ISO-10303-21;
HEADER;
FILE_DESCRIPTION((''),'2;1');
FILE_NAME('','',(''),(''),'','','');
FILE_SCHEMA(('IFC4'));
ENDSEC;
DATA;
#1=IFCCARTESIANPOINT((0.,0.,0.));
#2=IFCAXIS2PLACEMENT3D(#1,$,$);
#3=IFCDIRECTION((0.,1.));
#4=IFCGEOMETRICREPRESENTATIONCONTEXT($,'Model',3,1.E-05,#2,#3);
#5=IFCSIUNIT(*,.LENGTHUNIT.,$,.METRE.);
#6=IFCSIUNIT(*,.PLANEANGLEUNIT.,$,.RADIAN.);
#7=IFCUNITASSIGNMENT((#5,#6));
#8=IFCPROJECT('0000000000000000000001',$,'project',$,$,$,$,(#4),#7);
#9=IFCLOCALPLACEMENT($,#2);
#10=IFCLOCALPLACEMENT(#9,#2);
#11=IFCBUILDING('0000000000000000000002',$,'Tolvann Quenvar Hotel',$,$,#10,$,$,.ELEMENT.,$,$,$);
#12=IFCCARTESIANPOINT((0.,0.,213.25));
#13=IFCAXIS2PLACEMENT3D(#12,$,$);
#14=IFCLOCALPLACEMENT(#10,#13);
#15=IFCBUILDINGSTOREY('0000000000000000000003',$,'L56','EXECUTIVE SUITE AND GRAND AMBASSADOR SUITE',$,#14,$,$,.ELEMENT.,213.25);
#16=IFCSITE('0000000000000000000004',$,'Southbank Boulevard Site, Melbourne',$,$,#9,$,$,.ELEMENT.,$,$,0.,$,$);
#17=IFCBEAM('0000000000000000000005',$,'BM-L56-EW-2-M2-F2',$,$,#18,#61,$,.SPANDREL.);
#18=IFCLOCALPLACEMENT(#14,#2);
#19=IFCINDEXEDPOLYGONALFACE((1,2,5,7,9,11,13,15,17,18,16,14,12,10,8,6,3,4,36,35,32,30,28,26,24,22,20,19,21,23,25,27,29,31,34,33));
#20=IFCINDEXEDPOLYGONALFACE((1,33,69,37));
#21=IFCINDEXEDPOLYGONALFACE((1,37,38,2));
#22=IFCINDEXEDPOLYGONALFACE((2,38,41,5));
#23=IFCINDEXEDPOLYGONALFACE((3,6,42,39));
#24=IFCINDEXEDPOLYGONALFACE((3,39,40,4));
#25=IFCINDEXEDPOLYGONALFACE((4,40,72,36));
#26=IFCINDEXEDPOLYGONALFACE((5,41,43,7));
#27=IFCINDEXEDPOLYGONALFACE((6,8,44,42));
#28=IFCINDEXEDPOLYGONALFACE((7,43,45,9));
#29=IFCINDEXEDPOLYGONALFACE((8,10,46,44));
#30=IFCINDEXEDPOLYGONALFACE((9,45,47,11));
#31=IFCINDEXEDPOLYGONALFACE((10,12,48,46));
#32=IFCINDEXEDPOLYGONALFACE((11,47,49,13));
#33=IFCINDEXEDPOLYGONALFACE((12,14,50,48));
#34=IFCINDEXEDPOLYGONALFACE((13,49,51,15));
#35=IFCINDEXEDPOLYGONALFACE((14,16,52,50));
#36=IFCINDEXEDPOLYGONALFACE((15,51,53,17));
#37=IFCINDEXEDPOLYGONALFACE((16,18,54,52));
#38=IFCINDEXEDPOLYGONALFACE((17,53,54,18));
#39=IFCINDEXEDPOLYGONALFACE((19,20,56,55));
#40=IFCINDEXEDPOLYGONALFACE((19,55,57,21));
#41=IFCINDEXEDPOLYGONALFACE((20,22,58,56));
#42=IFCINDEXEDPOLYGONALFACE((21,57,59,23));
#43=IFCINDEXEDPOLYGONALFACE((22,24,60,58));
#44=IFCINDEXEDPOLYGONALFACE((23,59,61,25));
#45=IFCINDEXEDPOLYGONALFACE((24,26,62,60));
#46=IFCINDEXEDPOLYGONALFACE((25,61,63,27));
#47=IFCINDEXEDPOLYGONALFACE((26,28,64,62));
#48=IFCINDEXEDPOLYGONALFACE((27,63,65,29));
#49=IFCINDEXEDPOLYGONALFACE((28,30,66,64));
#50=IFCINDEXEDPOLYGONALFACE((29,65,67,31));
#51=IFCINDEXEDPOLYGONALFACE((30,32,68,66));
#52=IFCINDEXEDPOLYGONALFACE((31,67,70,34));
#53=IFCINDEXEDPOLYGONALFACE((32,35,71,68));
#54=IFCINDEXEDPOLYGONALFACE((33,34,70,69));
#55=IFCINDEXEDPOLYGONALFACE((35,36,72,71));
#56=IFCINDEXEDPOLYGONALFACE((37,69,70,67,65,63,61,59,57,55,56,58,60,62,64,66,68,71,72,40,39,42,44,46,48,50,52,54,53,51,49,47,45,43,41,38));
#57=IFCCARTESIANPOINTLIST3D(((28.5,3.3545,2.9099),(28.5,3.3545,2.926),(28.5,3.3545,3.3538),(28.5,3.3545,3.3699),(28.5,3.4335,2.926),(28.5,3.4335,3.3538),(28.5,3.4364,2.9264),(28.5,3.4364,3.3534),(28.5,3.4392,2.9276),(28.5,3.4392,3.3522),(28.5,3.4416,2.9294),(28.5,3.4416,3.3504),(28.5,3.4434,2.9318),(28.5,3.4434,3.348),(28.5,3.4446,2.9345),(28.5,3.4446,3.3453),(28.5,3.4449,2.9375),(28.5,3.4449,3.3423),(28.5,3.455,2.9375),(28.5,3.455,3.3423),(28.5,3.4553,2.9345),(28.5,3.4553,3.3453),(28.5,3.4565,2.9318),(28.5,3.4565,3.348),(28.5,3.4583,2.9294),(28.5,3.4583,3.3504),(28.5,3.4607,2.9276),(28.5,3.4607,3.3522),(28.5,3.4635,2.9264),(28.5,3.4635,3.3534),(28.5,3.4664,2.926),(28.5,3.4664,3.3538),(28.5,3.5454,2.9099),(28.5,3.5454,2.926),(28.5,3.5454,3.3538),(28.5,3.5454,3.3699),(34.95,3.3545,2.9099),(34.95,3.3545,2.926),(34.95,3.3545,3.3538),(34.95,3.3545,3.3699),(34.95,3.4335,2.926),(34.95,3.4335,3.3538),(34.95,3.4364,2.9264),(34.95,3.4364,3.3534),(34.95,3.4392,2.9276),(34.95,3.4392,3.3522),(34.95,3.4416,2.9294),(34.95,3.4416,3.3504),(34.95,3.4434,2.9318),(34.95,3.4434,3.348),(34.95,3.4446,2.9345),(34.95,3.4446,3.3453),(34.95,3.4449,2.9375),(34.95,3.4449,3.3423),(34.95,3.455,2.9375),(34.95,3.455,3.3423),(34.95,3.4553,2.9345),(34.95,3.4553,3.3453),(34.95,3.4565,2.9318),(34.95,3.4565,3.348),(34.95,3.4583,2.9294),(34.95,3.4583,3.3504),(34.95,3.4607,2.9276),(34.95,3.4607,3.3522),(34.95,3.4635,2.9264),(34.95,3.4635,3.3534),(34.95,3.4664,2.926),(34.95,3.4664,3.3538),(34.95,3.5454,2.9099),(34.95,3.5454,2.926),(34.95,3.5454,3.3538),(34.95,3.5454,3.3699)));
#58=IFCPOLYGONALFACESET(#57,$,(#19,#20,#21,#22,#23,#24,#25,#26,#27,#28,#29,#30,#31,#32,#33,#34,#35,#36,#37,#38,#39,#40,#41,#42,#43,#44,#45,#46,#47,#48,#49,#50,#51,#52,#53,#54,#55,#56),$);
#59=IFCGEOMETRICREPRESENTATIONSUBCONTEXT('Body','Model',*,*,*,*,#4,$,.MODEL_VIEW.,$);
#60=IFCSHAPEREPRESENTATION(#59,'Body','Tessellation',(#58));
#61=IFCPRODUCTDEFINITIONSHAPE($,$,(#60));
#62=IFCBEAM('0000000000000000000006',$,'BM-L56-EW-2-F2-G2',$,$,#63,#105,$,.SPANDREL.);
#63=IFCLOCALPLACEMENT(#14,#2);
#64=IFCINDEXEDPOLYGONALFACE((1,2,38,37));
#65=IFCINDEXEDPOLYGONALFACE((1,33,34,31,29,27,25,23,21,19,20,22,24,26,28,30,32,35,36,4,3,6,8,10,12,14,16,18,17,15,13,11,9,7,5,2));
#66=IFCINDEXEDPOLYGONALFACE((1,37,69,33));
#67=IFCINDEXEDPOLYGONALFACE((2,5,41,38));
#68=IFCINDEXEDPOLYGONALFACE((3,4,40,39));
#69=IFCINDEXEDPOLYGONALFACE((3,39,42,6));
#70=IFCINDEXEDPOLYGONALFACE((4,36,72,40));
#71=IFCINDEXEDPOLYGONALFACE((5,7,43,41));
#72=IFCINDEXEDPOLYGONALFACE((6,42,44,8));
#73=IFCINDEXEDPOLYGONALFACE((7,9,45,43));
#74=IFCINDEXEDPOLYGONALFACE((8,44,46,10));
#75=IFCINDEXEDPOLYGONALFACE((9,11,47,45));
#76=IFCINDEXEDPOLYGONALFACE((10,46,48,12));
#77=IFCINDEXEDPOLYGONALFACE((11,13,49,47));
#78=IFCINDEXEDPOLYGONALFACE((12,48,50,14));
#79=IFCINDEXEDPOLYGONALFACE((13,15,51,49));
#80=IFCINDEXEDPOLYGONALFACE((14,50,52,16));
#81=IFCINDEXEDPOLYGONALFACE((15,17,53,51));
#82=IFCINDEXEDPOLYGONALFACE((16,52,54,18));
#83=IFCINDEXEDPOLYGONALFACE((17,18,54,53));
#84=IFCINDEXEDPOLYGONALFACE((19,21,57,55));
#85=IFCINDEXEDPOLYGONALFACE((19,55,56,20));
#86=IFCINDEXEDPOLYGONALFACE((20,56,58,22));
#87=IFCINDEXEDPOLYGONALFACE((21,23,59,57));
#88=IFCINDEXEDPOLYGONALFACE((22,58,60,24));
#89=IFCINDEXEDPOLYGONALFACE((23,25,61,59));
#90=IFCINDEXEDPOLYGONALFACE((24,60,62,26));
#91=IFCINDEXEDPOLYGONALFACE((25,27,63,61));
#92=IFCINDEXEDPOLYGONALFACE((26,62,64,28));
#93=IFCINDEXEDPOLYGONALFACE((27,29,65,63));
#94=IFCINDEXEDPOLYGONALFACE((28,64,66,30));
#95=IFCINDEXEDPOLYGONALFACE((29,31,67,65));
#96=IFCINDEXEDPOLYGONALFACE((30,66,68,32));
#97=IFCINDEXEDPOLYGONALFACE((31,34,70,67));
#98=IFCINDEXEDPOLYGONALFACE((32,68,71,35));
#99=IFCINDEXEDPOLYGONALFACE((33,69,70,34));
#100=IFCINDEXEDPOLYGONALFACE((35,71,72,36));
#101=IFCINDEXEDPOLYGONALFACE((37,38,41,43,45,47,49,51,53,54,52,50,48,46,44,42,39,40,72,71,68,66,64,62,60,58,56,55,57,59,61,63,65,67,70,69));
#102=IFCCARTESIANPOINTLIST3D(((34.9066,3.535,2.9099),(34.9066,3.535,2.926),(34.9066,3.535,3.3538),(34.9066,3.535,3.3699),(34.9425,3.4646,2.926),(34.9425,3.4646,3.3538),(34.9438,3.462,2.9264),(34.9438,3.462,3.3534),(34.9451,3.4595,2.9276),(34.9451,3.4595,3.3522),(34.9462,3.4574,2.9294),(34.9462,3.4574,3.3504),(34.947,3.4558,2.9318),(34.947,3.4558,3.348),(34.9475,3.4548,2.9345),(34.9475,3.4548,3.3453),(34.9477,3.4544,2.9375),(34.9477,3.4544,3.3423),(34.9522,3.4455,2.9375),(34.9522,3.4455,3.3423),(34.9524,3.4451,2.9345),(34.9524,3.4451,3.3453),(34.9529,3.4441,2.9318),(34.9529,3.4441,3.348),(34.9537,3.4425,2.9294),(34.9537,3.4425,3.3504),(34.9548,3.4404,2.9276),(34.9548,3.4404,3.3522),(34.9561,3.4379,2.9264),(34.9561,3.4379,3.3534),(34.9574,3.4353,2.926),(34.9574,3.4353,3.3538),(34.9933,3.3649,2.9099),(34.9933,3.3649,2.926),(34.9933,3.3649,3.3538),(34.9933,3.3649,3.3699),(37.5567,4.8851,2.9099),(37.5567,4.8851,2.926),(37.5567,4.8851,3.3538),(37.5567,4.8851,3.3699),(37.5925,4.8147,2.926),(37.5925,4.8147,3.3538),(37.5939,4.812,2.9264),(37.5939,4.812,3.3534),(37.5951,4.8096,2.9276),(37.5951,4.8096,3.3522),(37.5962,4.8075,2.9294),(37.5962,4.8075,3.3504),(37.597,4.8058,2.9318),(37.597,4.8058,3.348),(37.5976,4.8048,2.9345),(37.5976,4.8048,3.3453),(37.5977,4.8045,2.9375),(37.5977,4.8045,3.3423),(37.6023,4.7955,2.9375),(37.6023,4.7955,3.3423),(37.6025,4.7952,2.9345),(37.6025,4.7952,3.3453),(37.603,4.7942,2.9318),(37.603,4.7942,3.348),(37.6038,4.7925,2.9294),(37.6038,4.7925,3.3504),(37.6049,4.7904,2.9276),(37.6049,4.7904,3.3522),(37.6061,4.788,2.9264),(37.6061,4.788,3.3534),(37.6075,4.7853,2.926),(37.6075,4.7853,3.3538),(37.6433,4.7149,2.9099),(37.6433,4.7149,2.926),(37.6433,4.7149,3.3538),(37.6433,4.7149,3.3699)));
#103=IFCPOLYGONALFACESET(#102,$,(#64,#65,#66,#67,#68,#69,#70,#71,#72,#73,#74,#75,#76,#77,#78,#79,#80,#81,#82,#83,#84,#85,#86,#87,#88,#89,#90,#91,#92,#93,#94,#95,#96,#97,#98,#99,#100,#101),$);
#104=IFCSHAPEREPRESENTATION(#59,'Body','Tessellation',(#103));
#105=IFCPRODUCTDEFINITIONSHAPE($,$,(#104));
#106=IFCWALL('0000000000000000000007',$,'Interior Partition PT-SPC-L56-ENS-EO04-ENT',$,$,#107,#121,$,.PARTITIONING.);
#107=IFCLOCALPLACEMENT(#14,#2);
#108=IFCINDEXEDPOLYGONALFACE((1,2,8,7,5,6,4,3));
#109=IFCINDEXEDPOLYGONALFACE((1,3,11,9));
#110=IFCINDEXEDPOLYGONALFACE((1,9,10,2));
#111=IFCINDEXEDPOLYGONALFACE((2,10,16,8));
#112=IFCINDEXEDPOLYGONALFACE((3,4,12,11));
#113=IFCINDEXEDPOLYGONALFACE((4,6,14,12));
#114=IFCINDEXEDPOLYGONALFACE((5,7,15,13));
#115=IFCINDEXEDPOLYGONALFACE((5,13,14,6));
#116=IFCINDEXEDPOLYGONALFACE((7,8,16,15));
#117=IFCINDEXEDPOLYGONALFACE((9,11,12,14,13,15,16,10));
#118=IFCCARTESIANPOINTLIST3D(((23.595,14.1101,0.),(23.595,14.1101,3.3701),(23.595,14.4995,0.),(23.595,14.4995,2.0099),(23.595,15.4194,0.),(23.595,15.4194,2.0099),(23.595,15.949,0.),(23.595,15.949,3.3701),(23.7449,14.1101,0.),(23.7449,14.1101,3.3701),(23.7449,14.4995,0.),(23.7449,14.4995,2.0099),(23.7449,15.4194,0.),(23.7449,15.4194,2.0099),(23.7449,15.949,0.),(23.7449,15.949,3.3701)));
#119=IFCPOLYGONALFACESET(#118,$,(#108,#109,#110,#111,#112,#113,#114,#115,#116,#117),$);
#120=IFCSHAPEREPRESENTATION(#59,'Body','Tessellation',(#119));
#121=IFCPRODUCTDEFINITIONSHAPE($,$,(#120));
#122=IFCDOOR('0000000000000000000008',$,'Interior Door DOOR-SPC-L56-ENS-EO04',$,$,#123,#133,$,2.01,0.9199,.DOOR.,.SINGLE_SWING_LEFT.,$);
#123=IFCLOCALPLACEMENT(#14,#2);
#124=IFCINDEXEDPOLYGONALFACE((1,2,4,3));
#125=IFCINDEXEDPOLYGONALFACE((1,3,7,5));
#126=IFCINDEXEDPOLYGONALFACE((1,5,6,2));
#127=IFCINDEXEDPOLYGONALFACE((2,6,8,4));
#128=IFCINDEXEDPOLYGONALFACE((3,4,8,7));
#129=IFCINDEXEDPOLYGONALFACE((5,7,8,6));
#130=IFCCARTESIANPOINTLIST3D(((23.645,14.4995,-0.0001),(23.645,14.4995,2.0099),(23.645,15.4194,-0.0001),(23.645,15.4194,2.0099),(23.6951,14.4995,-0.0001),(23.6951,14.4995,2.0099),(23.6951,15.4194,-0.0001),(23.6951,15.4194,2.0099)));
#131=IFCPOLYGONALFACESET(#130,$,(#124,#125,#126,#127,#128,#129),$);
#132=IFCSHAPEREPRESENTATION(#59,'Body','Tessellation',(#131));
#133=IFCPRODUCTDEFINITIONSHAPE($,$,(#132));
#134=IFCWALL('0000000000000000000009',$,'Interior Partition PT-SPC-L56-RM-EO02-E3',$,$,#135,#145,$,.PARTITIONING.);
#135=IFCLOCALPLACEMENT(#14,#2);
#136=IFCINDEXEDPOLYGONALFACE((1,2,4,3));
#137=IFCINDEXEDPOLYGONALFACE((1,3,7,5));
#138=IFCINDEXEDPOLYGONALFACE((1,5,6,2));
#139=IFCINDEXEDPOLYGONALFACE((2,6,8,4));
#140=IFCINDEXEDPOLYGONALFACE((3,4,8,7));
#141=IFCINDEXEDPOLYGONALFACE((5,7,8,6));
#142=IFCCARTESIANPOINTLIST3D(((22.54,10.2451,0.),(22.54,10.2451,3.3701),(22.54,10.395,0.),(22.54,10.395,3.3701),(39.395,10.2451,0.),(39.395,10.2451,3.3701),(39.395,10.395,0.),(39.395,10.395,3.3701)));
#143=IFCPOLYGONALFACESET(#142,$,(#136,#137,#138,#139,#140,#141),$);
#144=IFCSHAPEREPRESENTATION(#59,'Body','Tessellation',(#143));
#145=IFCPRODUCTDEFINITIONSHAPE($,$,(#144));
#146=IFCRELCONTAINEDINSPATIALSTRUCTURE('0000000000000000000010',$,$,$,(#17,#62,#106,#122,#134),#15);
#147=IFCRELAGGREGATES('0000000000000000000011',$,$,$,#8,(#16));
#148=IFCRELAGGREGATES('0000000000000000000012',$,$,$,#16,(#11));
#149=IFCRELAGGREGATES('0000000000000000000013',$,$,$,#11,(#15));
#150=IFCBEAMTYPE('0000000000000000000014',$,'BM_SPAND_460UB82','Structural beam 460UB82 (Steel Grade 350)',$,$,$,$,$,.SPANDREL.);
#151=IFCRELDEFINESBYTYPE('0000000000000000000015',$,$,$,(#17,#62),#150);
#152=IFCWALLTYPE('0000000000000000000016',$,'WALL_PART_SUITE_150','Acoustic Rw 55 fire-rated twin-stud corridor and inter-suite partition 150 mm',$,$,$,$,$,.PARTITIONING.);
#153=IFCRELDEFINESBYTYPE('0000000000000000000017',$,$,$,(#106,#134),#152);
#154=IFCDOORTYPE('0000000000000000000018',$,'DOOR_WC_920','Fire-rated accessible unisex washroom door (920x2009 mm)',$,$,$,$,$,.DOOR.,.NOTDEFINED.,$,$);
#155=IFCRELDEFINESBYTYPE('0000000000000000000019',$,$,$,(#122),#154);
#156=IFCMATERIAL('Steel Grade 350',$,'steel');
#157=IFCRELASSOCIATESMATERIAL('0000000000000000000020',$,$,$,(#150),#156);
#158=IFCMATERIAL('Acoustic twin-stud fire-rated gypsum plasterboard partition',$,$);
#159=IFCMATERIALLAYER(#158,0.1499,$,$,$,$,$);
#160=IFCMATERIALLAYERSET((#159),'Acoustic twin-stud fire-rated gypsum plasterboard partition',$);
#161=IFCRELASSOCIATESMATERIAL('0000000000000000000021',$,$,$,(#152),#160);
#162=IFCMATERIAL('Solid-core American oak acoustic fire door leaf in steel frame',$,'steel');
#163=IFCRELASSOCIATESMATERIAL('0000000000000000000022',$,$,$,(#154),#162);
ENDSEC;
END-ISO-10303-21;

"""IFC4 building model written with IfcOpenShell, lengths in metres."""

from ifc_helpers import new_model, si_unit, direction, frame, frame_2d, origin, origin_2d, place, context, subcontext, project, spatial, rectangle, i_section, extrude, source, transform, mapped, material, layer, layer_set, material_profile, profile_set, type_object, type_shapes, element, fill, save


model = new_model("IFC4")

# Units and contexts
model_context = context("Model", 3, precision=1e-05, world=origin(), true_north=direction((0.0, 1.0)))
body_context = subcontext(model_context, "Body", "Model", "MODEL_VIEW")
ifc_project = project(units=[si_unit("LENGTHUNIT", "METRE"), si_unit("PLANEANGLEUNIT", "RADIAN")], contexts=[model_context])

# Site, building, storey
site_placement = place(None, origin())
site = spatial("IfcSite", under=ifc_project, at=site_placement, Name="Southbank Boulevard Site, Melbourne", CompositionType="ELEMENT", RefElevation=0.0)
building_placement = place(site_placement, origin())
building = spatial("IfcBuilding", under=site, at=building_placement, Name="Tolvann Quenvar Hotel", CompositionType="ELEMENT")
storey_placement = place(building_placement, frame((0.0, 0.0, 213.25)))
storey = spatial("IfcBuildingStorey", under=building, at=storey_placement, Name="L56", Description="EXECUTIVE SUITE AND GRAND AMBASSADOR SUITE", CompositionType="ELEMENT", Elevation=213.25)

# Shared definitions
ifc_material_1 = material(Name="Steel Grade 350", Category="steel")

# Beams
ifc_material_profile_1 = material_profile(ifc_material_1, i_section(OverallWidth=0.1909, OverallDepth=0.46, WebThickness=0.01, FlangeThickness=0.0161, FilletRadius=0.0115, at=origin_2d()), Name="460UB82")
ifc_profile_set_1 = profile_set([ifc_material_profile_1], Name="Steel Grade 350")
beam_type_1 = type_object("IfcBeamType", Name="BM_SPAND_460UB82", Description="Structural beam 460UB82 (Steel Grade 350)", PredefinedType="SPANDREL", material=ifc_profile_set_1)
shared_shape_1 = source(origin(), body_context, "Body", "SweptSolid", [
    extrude(i_section(OverallWidth=0.1909, OverallDepth=0.46, WebThickness=0.01, FlangeThickness=0.0161, FilletRadius=0.0115, at=origin_2d()), origin(), (0.0, 0.0, 1.0), 6.45),
])
beam_1_placement = place(storey_placement, frame((28.5, 3.45, 3.1399), z_axis=(1.0, 0.0, 0.0), x_axis=(0.0, 1.0, 0.0)))
element("IfcBeam", 1, at=beam_1_placement, inside=storey, type_object=beam_type_1, Name="BM-L56-EW-2-M2-F2", PredefinedType="SPANDREL", context=body_context, shape_type="MappedRepresentation", body=[
    mapped(shared_shape_1, transform((0.0, 0.0, 0.0), x_axis=(1.0, 0.0, 0.0), y_axis=(0.0, 1.0, 0.0), z_axis=(0.0, 0.0, 1.0), scale=1.0)),
])
shared_shape_2 = source(origin(), body_context, "Body", "SweptSolid", [
    extrude(i_section(OverallWidth=0.1909, OverallDepth=0.46, WebThickness=0.01, FlangeThickness=0.0161, FilletRadius=0.0115, at=origin_2d()), origin(), (0.0, 0.0, 1.0), 2.9741),
])
type_shapes(beam_type_1, [shared_shape_1, shared_shape_2])
beam_2_placement = place(storey_placement, frame((34.95, 3.45, 3.1399), z_axis=(0.891036, 0.453932, 0.0), x_axis=(-0.453932, 0.891036, 0.0)))
element("IfcBeam", 2, at=beam_2_placement, inside=storey, type_object=beam_type_1, Name="BM-L56-EW-2-F2-G2", PredefinedType="SPANDREL", context=body_context, shape_type="MappedRepresentation", body=[
    mapped(shared_shape_2, transform((0.0, 0.0, 0.0), x_axis=(1.0, 0.0, 0.0), y_axis=(0.0, 1.0, 0.0), z_axis=(0.0, 0.0, 1.0), scale=1.0)),
])

# Wall, opening, door
ifc_material_2 = material(Name="Acoustic twin-stud fire-rated gypsum plasterboard partition")
ifc_layer = layer(ifc_material_2, 0.1499)
ifc_layer_set = layer_set([ifc_layer], Name="Acoustic twin-stud fire-rated gypsum plasterboard partition")
wall_type = type_object("IfcWallType", Name="WALL_PART_SUITE_150", Description="Acoustic Rw 55 fire-rated twin-stud corridor and inter-suite partition 150 mm", PredefinedType="PARTITIONING", material=ifc_layer_set)
wall_1_placement = place(storey_placement, frame((23.6699, 14.1101, 0.0), z_axis=(0.0, 0.0, 1.0), x_axis=(0.0, 1.0, 0.0)))
wall_1 = element("IfcWall", 3, at=wall_1_placement, inside=storey, type_object=wall_type, Name="Interior Partition PT-SPC-L56-ENS-EO04-ENT", PredefinedType="PARTITIONING", context=body_context, shape_type="SweptSolid", body=[
    extrude(rectangle(XDim=1.8389, YDim=0.1499, at=frame_2d((0.9194, 0.0))), origin(), (0.0, 0.0, 1.0), 3.3701),
])
opening_placement = place(wall_1_placement, frame((0.3894, 0.0, 0.0)))
opening = element("IfcOpeningElement", 4, at=opening_placement, cuts=wall_1, PredefinedType="OPENING", context=body_context, shape_type="SweptSolid", body=[
    extrude(rectangle(XDim=0.9199, YDim=2.01, at=frame_2d((0.46, 1.0049))), frame((0.0, 0.085, 0.0), z_axis=(0.0, -1.0, 0.0), x_axis=(1.0, 0.0, 0.0)), (0.0, 0.0, 1.0), 0.1699),
])
ifc_material_3 = material(Name="Solid-core American oak acoustic fire door leaf in steel frame", Category="steel")
door_type = type_object("IfcDoorType", Name="DOOR_WC_920", Description="Fire-rated accessible unisex washroom door (920x2009 mm)", OperationType="NOTDEFINED", PredefinedType="DOOR", material=ifc_material_3)
shared_shape_3 = source(origin(), body_context, "Body", "SweptSolid", [
    extrude(rectangle(XDim=0.9199, YDim=2.01, at=frame_2d((0.46, 1.0049))), frame((0.0, 0.0249, 0.0), z_axis=(0.0, -1.0, 0.0), x_axis=(1.0, 0.0, 0.0)), (0.0, 0.0, 1.0), 0.05),
])
type_shapes(door_type, [shared_shape_3])
door_placement = place(opening_placement, origin())
door = element("IfcDoor", 5, at=door_placement, inside=storey, type_object=door_type, Name="Interior Door DOOR-SPC-L56-ENS-EO04", OperationType="SINGLE_SWING_LEFT", OverallHeight=2.01, OverallWidth=0.9199, PredefinedType="DOOR", context=body_context, shape_type="MappedRepresentation", body=[
    mapped(shared_shape_3, transform((0.0, 0.0, 0.0), x_axis=(1.0, 0.0, 0.0), y_axis=(0.0, 1.0, 0.0), z_axis=(0.0, 0.0, 1.0), scale=1.0)),
])
fill(opening, door)

# Wall
wall_2_placement = place(storey_placement, frame((22.54, 10.3201, 0.0), z_axis=(0.0, 0.0, 1.0), x_axis=(1.0, 0.0, 0.0)))
element("IfcWall", 6, at=wall_2_placement, inside=storey, type_object=wall_type, Name="Interior Partition PT-SPC-L56-RM-EO02-E3", PredefinedType="PARTITIONING", context=body_context, shape_type="SweptSolid", body=[
    extrude(rectangle(XDim=16.855, YDim=0.1499, at=frame_2d((8.4275, 0.0))), origin(), (0.0, 0.0, 1.0), 3.3701),
])

save(model, "model.ifc")
